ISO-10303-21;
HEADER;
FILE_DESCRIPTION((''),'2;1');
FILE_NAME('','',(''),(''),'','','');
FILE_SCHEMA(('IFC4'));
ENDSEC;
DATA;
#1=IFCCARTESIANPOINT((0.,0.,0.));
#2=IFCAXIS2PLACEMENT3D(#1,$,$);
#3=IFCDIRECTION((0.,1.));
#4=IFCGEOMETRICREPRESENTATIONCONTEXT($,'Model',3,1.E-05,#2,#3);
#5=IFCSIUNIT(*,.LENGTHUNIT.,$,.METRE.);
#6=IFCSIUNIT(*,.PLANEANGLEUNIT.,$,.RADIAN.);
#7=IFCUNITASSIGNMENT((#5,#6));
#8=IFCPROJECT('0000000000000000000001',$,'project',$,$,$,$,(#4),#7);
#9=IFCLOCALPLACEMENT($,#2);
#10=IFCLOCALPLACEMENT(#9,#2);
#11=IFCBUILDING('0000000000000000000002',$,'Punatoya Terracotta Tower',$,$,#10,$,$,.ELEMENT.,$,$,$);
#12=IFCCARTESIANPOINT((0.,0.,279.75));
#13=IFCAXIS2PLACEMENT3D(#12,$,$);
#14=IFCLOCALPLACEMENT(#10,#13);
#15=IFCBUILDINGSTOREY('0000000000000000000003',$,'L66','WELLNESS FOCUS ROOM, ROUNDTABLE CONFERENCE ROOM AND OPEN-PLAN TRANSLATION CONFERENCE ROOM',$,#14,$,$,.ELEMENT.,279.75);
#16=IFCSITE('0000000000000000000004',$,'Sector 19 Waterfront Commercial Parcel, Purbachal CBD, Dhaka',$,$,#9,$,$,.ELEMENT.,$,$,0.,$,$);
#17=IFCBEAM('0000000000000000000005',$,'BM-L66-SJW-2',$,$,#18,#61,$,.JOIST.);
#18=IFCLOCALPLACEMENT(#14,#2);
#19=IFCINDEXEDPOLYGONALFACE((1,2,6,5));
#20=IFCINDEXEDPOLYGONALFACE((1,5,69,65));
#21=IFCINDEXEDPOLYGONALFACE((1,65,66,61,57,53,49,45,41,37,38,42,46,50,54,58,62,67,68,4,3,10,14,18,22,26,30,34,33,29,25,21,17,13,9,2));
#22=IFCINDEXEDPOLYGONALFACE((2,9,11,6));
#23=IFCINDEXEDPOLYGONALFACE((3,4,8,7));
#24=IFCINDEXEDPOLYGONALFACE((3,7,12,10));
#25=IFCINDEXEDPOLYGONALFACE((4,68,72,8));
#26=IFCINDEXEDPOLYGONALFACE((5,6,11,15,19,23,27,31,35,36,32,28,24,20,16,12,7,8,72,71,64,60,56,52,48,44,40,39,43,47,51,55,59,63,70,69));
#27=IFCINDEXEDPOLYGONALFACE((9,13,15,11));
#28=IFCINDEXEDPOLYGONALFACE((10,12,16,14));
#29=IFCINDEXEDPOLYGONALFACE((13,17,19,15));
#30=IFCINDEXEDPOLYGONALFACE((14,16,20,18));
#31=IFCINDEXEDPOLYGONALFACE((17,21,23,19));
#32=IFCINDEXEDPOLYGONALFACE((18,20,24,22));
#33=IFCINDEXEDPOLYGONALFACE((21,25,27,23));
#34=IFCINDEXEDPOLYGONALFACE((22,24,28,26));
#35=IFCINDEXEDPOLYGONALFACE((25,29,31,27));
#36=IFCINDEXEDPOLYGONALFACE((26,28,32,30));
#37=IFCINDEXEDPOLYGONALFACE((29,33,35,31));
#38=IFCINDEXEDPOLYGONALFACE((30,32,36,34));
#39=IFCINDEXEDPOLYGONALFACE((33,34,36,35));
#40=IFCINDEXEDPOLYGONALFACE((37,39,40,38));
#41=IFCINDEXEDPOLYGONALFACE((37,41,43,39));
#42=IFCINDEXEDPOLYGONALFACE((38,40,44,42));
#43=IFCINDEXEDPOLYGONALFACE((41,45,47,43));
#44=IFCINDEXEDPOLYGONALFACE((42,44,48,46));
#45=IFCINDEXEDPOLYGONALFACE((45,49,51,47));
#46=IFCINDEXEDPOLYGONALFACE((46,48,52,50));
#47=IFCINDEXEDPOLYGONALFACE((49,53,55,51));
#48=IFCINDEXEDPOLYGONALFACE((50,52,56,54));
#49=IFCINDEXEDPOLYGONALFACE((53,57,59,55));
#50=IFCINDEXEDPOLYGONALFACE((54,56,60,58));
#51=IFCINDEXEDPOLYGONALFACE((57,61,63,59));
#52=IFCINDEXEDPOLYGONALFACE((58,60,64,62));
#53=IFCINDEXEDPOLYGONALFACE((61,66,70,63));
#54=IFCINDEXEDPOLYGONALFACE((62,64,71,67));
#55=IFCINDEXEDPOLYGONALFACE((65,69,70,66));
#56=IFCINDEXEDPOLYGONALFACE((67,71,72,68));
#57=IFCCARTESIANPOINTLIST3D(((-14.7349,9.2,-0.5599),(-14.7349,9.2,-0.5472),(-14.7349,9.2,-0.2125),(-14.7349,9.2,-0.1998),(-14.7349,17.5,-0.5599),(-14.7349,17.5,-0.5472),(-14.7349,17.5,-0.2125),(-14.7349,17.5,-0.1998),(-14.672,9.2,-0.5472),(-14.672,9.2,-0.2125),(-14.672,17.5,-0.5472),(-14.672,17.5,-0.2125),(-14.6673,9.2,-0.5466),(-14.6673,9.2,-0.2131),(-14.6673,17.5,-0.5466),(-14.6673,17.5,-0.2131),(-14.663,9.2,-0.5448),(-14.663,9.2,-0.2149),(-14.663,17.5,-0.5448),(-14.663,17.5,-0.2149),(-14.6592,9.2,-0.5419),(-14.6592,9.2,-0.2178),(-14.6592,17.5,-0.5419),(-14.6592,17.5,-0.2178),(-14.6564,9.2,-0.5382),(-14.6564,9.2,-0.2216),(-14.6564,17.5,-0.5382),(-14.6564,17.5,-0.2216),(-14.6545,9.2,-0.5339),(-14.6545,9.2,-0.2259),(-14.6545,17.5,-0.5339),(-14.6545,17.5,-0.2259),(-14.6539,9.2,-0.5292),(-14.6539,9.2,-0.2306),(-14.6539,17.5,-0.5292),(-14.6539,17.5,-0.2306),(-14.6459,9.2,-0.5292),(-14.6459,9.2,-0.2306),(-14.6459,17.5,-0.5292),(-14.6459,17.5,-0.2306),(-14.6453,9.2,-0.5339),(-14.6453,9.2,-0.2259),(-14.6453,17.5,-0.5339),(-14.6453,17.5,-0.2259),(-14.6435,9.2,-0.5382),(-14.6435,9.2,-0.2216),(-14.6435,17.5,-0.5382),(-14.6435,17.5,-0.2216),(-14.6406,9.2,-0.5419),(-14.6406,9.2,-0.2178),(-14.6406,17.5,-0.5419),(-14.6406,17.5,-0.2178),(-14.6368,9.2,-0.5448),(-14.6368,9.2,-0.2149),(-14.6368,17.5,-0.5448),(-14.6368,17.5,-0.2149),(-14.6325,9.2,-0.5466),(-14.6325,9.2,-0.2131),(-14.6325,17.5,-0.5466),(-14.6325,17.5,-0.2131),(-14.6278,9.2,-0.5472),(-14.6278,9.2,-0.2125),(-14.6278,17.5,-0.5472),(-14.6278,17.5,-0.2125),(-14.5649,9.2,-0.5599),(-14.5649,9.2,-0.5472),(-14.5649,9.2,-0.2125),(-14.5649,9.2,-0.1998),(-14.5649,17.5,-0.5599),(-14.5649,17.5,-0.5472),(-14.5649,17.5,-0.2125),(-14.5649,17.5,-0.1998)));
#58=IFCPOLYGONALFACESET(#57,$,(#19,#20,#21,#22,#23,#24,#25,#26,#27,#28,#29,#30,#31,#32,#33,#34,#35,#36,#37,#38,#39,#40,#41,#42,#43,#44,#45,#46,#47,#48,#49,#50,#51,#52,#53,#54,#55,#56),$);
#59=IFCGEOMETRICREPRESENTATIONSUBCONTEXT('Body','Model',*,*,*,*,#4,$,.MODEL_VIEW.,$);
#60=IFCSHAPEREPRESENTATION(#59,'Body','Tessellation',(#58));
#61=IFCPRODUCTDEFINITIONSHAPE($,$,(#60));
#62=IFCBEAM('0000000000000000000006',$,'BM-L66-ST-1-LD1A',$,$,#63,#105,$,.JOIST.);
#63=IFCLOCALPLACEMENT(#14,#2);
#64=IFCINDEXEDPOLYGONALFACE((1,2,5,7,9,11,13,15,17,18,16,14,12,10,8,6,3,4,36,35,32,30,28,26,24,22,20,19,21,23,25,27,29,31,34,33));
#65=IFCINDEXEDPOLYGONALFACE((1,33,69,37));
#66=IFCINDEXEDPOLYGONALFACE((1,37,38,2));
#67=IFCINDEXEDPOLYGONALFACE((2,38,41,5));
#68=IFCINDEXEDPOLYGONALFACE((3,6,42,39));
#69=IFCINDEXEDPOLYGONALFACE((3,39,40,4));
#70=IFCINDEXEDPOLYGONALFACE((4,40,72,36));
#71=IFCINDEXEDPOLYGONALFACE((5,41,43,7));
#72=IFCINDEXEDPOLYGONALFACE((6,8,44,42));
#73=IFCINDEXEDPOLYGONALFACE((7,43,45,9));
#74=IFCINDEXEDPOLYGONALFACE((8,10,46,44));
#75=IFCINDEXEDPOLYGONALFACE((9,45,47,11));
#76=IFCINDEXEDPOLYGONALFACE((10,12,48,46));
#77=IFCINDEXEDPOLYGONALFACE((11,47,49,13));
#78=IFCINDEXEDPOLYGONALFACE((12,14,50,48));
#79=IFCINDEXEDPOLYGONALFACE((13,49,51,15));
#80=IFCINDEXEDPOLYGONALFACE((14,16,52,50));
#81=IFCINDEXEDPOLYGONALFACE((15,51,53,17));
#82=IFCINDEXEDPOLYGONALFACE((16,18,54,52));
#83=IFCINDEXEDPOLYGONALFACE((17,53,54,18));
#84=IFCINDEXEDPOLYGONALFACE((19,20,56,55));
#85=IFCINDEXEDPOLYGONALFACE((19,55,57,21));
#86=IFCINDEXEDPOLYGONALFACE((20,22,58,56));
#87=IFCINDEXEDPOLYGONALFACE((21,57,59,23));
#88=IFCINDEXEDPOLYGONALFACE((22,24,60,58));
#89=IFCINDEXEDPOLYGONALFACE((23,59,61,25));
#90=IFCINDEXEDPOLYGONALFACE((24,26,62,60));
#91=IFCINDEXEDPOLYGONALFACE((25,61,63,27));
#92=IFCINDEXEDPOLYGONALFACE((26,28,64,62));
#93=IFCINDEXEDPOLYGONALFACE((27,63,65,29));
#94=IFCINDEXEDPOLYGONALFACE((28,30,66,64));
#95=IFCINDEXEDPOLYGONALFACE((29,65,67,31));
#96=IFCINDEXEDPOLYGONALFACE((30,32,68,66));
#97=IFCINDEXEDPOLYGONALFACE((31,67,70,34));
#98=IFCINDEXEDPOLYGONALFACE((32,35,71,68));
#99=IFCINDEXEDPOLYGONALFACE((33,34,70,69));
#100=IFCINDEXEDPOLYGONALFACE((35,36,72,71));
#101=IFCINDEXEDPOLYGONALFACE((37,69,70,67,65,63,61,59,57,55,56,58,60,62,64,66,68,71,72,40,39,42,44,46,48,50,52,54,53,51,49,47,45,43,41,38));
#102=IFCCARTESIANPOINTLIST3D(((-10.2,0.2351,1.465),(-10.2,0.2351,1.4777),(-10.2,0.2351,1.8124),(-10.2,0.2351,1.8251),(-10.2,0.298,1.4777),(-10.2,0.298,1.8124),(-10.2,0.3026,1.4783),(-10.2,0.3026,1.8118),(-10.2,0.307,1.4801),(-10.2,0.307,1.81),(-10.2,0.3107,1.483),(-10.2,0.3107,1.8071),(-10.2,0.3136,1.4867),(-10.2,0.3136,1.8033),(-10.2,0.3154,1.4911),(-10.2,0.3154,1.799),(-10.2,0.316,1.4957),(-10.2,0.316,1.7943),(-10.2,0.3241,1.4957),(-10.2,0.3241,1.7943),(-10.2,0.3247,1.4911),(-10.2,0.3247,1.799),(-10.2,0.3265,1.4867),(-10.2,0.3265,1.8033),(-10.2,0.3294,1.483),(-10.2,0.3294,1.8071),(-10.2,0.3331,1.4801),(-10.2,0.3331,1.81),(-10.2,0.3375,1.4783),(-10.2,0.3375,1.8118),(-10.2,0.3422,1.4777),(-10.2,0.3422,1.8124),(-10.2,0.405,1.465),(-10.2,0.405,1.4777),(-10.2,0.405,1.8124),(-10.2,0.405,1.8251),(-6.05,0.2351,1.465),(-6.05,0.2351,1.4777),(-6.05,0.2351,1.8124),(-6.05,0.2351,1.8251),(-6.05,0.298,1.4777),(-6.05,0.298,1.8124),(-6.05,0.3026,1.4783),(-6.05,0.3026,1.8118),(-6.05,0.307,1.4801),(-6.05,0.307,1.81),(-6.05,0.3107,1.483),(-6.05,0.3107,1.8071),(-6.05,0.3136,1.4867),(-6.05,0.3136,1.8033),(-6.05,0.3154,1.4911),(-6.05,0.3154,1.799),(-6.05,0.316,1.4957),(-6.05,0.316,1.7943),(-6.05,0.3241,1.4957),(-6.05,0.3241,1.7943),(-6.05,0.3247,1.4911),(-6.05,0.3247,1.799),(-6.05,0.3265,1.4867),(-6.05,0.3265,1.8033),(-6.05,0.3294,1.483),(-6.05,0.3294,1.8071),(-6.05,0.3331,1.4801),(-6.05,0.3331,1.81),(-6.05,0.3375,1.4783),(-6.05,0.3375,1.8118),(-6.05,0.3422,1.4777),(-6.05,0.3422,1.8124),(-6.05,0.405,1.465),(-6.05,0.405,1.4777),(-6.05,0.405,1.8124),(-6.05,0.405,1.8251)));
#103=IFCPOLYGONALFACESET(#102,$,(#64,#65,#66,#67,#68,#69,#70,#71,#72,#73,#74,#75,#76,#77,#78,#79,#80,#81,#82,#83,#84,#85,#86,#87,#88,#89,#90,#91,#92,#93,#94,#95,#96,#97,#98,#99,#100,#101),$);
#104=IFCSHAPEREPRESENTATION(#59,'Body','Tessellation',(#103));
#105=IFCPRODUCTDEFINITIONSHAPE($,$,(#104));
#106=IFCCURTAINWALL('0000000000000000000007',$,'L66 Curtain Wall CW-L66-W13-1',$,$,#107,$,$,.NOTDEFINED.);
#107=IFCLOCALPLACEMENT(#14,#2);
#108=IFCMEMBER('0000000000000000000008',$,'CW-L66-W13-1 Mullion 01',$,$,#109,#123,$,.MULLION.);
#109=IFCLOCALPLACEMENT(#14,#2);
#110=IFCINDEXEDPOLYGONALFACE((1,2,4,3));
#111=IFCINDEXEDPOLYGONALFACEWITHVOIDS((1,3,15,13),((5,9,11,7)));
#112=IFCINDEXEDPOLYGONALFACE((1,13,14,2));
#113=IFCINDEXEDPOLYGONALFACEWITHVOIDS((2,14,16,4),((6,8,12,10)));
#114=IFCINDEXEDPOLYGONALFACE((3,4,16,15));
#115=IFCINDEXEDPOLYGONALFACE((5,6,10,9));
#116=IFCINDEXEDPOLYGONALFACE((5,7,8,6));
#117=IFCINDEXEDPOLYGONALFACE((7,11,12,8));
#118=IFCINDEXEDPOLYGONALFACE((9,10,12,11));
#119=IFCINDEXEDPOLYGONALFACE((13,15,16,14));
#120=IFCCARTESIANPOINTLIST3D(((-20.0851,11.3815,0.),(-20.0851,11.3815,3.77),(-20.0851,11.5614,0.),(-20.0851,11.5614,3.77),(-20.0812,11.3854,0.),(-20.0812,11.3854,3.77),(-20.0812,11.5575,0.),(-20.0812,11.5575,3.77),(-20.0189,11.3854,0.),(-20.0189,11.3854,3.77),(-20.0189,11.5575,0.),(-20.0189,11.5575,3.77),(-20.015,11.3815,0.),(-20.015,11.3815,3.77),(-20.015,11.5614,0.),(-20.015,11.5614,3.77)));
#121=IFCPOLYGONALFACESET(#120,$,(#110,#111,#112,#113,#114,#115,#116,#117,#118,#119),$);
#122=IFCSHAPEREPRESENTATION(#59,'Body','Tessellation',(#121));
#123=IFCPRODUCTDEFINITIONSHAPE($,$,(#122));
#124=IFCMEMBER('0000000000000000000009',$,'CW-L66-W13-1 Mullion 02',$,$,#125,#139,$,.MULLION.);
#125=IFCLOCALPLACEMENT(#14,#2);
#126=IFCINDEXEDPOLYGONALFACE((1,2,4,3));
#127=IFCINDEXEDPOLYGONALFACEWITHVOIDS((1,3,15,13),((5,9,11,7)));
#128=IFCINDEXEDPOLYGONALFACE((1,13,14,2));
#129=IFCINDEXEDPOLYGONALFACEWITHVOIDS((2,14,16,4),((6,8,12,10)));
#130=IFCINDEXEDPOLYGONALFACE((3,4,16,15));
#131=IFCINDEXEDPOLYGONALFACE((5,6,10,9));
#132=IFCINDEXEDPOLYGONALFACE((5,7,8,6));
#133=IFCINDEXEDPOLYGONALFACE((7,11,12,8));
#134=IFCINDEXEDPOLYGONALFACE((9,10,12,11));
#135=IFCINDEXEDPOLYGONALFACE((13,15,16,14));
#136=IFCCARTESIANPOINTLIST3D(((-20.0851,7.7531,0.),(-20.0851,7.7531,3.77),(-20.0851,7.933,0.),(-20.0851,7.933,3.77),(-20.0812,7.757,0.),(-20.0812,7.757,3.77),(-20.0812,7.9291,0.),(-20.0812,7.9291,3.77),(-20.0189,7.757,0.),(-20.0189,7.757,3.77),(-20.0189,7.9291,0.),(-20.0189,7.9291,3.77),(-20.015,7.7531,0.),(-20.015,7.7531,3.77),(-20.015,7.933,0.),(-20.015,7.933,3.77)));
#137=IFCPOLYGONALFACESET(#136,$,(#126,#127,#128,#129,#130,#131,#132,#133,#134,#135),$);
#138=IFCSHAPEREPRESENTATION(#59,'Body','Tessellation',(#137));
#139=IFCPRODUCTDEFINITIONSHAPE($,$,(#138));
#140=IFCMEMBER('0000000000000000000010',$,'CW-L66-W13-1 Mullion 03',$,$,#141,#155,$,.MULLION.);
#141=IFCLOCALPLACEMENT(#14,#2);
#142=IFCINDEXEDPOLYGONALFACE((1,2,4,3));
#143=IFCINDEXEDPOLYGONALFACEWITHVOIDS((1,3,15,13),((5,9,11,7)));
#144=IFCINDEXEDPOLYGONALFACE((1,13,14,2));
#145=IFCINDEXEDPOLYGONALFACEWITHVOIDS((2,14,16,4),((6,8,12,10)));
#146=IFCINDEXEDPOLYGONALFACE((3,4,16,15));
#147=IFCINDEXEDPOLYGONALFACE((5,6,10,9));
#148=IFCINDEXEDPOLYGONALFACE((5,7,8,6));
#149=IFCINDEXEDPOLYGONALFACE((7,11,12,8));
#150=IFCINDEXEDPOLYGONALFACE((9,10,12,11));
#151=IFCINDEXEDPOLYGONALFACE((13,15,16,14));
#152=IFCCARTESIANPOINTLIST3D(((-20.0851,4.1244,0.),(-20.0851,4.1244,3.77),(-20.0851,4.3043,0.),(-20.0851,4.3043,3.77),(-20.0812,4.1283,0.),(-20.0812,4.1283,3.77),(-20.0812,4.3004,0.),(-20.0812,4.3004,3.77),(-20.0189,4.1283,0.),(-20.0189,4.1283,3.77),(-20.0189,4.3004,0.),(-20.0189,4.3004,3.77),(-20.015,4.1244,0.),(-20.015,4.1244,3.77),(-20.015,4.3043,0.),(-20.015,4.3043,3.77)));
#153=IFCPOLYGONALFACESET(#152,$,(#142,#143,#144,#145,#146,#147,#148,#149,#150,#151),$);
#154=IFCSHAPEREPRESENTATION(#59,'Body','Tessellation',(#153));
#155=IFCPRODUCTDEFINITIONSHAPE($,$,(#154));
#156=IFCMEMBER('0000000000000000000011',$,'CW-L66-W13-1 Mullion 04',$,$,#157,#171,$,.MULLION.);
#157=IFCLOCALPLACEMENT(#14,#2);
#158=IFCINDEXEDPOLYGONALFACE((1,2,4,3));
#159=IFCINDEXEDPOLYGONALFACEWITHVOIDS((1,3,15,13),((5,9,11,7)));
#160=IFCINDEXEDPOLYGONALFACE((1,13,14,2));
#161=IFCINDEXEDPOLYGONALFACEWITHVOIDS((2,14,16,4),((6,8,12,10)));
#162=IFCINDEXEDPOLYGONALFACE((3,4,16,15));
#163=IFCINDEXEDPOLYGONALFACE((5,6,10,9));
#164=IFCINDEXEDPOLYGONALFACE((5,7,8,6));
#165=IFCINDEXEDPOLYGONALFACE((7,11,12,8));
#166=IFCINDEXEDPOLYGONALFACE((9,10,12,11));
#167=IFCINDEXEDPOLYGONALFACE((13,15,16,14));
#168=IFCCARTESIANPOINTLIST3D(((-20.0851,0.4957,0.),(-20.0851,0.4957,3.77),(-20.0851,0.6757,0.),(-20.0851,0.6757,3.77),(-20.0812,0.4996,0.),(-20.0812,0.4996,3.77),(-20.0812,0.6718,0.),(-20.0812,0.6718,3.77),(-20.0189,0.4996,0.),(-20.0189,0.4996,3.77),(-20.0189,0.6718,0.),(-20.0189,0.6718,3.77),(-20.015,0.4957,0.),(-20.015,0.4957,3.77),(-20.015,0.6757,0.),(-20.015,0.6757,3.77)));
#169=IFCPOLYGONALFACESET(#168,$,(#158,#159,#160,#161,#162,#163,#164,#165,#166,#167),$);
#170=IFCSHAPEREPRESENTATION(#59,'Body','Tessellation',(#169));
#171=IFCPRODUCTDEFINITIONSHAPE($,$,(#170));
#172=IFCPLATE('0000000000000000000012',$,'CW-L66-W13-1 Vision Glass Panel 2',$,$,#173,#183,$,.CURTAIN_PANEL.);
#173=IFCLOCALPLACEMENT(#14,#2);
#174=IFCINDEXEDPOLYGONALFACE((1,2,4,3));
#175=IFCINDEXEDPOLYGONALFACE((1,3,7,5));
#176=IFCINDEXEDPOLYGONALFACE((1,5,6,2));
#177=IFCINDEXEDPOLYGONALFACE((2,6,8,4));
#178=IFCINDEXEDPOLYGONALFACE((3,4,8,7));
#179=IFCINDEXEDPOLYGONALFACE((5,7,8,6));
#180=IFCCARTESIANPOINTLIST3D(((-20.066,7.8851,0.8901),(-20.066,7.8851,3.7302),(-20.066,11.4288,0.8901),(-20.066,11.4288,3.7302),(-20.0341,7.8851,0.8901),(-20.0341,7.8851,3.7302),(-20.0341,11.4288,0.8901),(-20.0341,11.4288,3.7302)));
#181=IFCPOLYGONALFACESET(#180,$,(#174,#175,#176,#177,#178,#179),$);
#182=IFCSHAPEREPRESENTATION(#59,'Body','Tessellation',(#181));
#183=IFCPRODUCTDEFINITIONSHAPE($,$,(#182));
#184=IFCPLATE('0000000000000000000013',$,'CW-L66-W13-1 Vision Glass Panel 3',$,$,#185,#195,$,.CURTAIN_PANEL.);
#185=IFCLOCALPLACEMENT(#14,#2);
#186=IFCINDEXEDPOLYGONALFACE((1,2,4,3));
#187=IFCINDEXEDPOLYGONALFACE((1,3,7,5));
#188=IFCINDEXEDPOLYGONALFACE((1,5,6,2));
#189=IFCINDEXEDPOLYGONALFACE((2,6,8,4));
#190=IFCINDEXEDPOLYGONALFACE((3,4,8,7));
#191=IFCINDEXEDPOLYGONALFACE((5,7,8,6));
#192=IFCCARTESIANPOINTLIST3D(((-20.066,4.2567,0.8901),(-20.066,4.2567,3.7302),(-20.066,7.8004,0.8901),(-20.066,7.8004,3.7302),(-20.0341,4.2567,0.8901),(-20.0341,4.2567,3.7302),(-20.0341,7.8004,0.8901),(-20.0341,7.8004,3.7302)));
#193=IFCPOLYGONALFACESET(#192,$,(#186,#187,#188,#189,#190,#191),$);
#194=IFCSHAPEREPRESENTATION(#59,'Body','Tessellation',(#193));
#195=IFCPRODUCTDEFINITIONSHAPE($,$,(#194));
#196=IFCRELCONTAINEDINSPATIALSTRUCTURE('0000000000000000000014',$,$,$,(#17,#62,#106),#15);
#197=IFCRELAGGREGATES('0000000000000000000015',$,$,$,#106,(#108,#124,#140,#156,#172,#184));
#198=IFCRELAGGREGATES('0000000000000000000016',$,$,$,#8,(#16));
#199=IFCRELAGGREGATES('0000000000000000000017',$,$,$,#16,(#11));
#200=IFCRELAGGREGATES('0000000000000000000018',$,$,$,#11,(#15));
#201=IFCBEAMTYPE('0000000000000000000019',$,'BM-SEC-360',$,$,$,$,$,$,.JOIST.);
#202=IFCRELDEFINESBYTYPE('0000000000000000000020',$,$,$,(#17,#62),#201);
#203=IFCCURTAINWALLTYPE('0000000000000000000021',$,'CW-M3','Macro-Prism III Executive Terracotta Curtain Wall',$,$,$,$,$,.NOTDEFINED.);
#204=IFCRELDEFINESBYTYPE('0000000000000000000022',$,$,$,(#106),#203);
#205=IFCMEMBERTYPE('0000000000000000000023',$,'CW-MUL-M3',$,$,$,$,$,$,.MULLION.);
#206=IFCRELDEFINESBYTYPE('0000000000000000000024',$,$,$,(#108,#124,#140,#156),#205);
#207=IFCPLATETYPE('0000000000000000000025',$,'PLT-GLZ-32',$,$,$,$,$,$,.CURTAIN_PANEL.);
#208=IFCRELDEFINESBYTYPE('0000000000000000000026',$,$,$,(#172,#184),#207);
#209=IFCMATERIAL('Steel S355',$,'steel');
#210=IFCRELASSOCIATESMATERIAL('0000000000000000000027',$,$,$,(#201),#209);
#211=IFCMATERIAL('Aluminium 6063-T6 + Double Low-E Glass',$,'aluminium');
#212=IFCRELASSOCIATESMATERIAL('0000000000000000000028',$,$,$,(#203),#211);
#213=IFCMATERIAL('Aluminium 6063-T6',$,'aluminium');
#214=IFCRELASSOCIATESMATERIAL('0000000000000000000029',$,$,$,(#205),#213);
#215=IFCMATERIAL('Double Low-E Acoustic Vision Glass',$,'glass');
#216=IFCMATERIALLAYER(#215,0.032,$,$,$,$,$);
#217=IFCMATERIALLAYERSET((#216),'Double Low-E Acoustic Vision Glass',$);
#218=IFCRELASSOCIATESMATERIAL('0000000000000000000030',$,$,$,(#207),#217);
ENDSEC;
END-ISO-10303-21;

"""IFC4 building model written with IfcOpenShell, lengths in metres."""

from ifc_helpers import new_model, si_unit, direction, frame, origin, origin_2d, place, context, subcontext, project, spatial, rectangle, hollow_rectangle, i_section, extrude, material, layer, layer_set, material_profile, profile_set, type_object, element, aggregate, save


model = new_model("IFC4")

# Units and contexts
model_context = context("Model", 3, precision=1e-05, world=origin(), true_north=direction((0.0, 1.0)))
body_context = subcontext(model_context, "Body", "Model", "MODEL_VIEW")
ifc_project = project(units=[si_unit("LENGTHUNIT", "METRE"), si_unit("PLANEANGLEUNIT", "RADIAN")], contexts=[model_context])

# Site, building, storey
site_placement = place(None, origin())
site = spatial("IfcSite", under=ifc_project, at=site_placement, Name="Sector 19 Waterfront Commercial Parcel, Purbachal CBD, Dhaka", CompositionType="ELEMENT", RefElevation=0.0)
building_placement = place(site_placement, origin())
building = spatial("IfcBuilding", under=site, at=building_placement, Name="Punatoya Terracotta Tower", CompositionType="ELEMENT")
storey_placement = place(building_placement, frame((0.0, 0.0, 279.75)))
storey = spatial("IfcBuildingStorey", under=building, at=storey_placement, Name="L66", Description="WELLNESS FOCUS ROOM, ROUNDTABLE CONFERENCE ROOM AND OPEN-PLAN TRANSLATION CONFERENCE ROOM", CompositionType="ELEMENT", Elevation=279.75)

# Beams
ifc_material_1 = material(Name="Steel S355", Category="steel")
ifc_material_profile_1 = material_profile(ifc_material_1, i_section(OverallWidth=0.1699, OverallDepth=0.3601, WebThickness=0.0081, FlangeThickness=0.0127, FilletRadius=0.0181, at=origin_2d()))
ifc_profile_set_1 = profile_set([ifc_material_profile_1], Name="Steel S355")
beam_type_1 = type_object("IfcBeamType", Name="BM-SEC-360", PredefinedType="JOIST", material=ifc_profile_set_1)
beam_1_placement = place(storey_placement, frame((-14.6499, 9.2, -0.3799), z_axis=(0.0, 1.0, 0.0), x_axis=(-1.0, 0.0, 0.0)))
element("IfcBeam", 1, at=beam_1_placement, inside=storey, type_object=beam_type_1, Name="BM-L66-SJW-2", PredefinedType="JOIST", context=body_context, shape_type="SweptSolid", body=[
    extrude(i_section(OverallWidth=0.1699, OverallDepth=0.3601, WebThickness=0.0081, FlangeThickness=0.0127, FilletRadius=0.0181, at=origin_2d()), origin(), (0.0, 0.0, 1.0), 8.3),
])
beam_2_placement = place(storey_placement, frame((-10.2, 0.3201, 1.645), z_axis=(1.0, 0.0, 0.0), x_axis=(0.0, 1.0, 0.0)))
element("IfcBeam", 2, at=beam_2_placement, inside=storey, type_object=beam_type_1, Name="BM-L66-ST-1-LD1A", PredefinedType="JOIST", context=body_context, shape_type="SweptSolid", body=[
    extrude(i_section(OverallWidth=0.1699, OverallDepth=0.3601, WebThickness=0.0081, FlangeThickness=0.0127, FilletRadius=0.0181, at=origin_2d()), origin(), (0.0, 0.0, 1.0), 4.1499),
])

# Curtain wall, members, plates
ifc_material_2 = material(Name="Aluminium 6063-T6 + Double Low-E Glass", Category="aluminium")
curtain_wall_type = type_object("IfcCurtainWallType", Name="CW-M3", Description="Macro-Prism III Executive Terracotta Curtain Wall", PredefinedType="NOTDEFINED", material=ifc_material_2)
curtain_wall_placement = place(storey_placement, origin())
curtain_wall = element("IfcCurtainWall", 3, at=curtain_wall_placement, inside=storey, type_object=curtain_wall_type, Name="L66 Curtain Wall CW-L66-W13-1", PredefinedType="NOTDEFINED")
ifc_material_3 = material(Name="Aluminium 6063-T6", Category="aluminium")
ifc_material_profile_2 = material_profile(ifc_material_3, hollow_rectangle(XDim=0.0701, YDim=0.1799, WallThickness=0.0039, at=origin_2d()))
ifc_profile_set_2 = profile_set([ifc_material_profile_2], Name="Aluminium 6063-T6")
member_type = type_object("IfcMemberType", Name="CW-MUL-M3", PredefinedType="MULLION", material=ifc_profile_set_2)
member_1_placement = place(storey_placement, frame((-20.05, 11.4714, 0.0), z_axis=(0.0, 0.0, 1.0), x_axis=(1.0, 0.0, 0.0)))
member_1 = element("IfcMember", 4, at=member_1_placement, type_object=member_type, Name="CW-L66-W13-1 Mullion 01", PredefinedType="MULLION", context=body_context, shape_type="SweptSolid", body=[
    extrude(hollow_rectangle(XDim=0.0701, YDim=0.1799, WallThickness=0.0039, at=origin_2d()), origin(), (0.0, 0.0, 1.0), 3.77),
])
member_2_placement = place(storey_placement, frame((-20.05, 7.843, 0.0), z_axis=(0.0, 0.0, 1.0), x_axis=(1.0, 0.0, 0.0)))
member_2 = element("IfcMember", 5, at=member_2_placement, type_object=member_type, Name="CW-L66-W13-1 Mullion 02", PredefinedType="MULLION", context=body_context, shape_type="SweptSolid", body=[
    extrude(hollow_rectangle(XDim=0.0701, YDim=0.1799, WallThickness=0.0039, at=origin_2d()), origin(), (0.0, 0.0, 1.0), 3.77),
])
member_3_placement = place(storey_placement, frame((-20.05, 4.2144, 0.0), z_axis=(0.0, 0.0, 1.0), x_axis=(1.0, 0.0, 0.0)))
member_3 = element("IfcMember", 6, at=member_3_placement, type_object=member_type, Name="CW-L66-W13-1 Mullion 03", PredefinedType="MULLION", context=body_context, shape_type="SweptSolid", body=[
    extrude(hollow_rectangle(XDim=0.0701, YDim=0.1799, WallThickness=0.0039, at=origin_2d()), origin(), (0.0, 0.0, 1.0), 3.77),
])
member_4_placement = place(storey_placement, frame((-20.05, 0.5857, 0.0), z_axis=(0.0, 0.0, 1.0), x_axis=(1.0, 0.0, 0.0)))
member_4 = element("IfcMember", 7, at=member_4_placement, type_object=member_type, Name="CW-L66-W13-1 Mullion 04", PredefinedType="MULLION", context=body_context, shape_type="SweptSolid", body=[
    extrude(hollow_rectangle(XDim=0.0701, YDim=0.1799, WallThickness=0.0039, at=origin_2d()), origin(), (0.0, 0.0, 1.0), 3.77),
])
ifc_material_4 = material(Name="Double Low-E Acoustic Vision Glass", Category="glass")
ifc_layer_1 = layer(ifc_material_4, 0.032)
ifc_layer_set_1 = layer_set([ifc_layer_1], Name="Double Low-E Acoustic Vision Glass")
plate_type_1 = type_object("IfcPlateType", Name="PLT-GLZ-32", PredefinedType="CURTAIN_PANEL", material=ifc_layer_set_1)
plate_1_placement = place(storey_placement, frame((-20.05, 9.657, 0.8901), z_axis=(0.0, 0.0, 1.0), x_axis=(0.0, -1.0, 0.0)))
plate_1 = element("IfcPlate", 8, at=plate_1_placement, type_object=plate_type_1, Name="CW-L66-W13-1 Vision Glass Panel 2", PredefinedType="CURTAIN_PANEL", context=body_context, shape_type="SweptSolid", body=[
    extrude(rectangle(XDim=3.5437, YDim=0.032, at=origin_2d()), origin(), (0.0, 0.0, 1.0), 2.8401),
])
plate_2_placement = place(storey_placement, frame((-20.05, 6.0286, 0.8901), z_axis=(0.0, 0.0, 1.0), x_axis=(0.0, -1.0, 0.0)))
plate_2 = element("IfcPlate", 9, at=plate_2_placement, type_object=plate_type_1, Name="CW-L66-W13-1 Vision Glass Panel 3", PredefinedType="CURTAIN_PANEL", context=body_context, shape_type="SweptSolid", body=[
    extrude(rectangle(XDim=3.5437, YDim=0.032, at=origin_2d()), origin(), (0.0, 0.0, 1.0), 2.8401),
])
aggregate(curtain_wall, [member_1, member_2, member_3, member_4, plate_1, plate_2])

save(model, "model.ifc")
